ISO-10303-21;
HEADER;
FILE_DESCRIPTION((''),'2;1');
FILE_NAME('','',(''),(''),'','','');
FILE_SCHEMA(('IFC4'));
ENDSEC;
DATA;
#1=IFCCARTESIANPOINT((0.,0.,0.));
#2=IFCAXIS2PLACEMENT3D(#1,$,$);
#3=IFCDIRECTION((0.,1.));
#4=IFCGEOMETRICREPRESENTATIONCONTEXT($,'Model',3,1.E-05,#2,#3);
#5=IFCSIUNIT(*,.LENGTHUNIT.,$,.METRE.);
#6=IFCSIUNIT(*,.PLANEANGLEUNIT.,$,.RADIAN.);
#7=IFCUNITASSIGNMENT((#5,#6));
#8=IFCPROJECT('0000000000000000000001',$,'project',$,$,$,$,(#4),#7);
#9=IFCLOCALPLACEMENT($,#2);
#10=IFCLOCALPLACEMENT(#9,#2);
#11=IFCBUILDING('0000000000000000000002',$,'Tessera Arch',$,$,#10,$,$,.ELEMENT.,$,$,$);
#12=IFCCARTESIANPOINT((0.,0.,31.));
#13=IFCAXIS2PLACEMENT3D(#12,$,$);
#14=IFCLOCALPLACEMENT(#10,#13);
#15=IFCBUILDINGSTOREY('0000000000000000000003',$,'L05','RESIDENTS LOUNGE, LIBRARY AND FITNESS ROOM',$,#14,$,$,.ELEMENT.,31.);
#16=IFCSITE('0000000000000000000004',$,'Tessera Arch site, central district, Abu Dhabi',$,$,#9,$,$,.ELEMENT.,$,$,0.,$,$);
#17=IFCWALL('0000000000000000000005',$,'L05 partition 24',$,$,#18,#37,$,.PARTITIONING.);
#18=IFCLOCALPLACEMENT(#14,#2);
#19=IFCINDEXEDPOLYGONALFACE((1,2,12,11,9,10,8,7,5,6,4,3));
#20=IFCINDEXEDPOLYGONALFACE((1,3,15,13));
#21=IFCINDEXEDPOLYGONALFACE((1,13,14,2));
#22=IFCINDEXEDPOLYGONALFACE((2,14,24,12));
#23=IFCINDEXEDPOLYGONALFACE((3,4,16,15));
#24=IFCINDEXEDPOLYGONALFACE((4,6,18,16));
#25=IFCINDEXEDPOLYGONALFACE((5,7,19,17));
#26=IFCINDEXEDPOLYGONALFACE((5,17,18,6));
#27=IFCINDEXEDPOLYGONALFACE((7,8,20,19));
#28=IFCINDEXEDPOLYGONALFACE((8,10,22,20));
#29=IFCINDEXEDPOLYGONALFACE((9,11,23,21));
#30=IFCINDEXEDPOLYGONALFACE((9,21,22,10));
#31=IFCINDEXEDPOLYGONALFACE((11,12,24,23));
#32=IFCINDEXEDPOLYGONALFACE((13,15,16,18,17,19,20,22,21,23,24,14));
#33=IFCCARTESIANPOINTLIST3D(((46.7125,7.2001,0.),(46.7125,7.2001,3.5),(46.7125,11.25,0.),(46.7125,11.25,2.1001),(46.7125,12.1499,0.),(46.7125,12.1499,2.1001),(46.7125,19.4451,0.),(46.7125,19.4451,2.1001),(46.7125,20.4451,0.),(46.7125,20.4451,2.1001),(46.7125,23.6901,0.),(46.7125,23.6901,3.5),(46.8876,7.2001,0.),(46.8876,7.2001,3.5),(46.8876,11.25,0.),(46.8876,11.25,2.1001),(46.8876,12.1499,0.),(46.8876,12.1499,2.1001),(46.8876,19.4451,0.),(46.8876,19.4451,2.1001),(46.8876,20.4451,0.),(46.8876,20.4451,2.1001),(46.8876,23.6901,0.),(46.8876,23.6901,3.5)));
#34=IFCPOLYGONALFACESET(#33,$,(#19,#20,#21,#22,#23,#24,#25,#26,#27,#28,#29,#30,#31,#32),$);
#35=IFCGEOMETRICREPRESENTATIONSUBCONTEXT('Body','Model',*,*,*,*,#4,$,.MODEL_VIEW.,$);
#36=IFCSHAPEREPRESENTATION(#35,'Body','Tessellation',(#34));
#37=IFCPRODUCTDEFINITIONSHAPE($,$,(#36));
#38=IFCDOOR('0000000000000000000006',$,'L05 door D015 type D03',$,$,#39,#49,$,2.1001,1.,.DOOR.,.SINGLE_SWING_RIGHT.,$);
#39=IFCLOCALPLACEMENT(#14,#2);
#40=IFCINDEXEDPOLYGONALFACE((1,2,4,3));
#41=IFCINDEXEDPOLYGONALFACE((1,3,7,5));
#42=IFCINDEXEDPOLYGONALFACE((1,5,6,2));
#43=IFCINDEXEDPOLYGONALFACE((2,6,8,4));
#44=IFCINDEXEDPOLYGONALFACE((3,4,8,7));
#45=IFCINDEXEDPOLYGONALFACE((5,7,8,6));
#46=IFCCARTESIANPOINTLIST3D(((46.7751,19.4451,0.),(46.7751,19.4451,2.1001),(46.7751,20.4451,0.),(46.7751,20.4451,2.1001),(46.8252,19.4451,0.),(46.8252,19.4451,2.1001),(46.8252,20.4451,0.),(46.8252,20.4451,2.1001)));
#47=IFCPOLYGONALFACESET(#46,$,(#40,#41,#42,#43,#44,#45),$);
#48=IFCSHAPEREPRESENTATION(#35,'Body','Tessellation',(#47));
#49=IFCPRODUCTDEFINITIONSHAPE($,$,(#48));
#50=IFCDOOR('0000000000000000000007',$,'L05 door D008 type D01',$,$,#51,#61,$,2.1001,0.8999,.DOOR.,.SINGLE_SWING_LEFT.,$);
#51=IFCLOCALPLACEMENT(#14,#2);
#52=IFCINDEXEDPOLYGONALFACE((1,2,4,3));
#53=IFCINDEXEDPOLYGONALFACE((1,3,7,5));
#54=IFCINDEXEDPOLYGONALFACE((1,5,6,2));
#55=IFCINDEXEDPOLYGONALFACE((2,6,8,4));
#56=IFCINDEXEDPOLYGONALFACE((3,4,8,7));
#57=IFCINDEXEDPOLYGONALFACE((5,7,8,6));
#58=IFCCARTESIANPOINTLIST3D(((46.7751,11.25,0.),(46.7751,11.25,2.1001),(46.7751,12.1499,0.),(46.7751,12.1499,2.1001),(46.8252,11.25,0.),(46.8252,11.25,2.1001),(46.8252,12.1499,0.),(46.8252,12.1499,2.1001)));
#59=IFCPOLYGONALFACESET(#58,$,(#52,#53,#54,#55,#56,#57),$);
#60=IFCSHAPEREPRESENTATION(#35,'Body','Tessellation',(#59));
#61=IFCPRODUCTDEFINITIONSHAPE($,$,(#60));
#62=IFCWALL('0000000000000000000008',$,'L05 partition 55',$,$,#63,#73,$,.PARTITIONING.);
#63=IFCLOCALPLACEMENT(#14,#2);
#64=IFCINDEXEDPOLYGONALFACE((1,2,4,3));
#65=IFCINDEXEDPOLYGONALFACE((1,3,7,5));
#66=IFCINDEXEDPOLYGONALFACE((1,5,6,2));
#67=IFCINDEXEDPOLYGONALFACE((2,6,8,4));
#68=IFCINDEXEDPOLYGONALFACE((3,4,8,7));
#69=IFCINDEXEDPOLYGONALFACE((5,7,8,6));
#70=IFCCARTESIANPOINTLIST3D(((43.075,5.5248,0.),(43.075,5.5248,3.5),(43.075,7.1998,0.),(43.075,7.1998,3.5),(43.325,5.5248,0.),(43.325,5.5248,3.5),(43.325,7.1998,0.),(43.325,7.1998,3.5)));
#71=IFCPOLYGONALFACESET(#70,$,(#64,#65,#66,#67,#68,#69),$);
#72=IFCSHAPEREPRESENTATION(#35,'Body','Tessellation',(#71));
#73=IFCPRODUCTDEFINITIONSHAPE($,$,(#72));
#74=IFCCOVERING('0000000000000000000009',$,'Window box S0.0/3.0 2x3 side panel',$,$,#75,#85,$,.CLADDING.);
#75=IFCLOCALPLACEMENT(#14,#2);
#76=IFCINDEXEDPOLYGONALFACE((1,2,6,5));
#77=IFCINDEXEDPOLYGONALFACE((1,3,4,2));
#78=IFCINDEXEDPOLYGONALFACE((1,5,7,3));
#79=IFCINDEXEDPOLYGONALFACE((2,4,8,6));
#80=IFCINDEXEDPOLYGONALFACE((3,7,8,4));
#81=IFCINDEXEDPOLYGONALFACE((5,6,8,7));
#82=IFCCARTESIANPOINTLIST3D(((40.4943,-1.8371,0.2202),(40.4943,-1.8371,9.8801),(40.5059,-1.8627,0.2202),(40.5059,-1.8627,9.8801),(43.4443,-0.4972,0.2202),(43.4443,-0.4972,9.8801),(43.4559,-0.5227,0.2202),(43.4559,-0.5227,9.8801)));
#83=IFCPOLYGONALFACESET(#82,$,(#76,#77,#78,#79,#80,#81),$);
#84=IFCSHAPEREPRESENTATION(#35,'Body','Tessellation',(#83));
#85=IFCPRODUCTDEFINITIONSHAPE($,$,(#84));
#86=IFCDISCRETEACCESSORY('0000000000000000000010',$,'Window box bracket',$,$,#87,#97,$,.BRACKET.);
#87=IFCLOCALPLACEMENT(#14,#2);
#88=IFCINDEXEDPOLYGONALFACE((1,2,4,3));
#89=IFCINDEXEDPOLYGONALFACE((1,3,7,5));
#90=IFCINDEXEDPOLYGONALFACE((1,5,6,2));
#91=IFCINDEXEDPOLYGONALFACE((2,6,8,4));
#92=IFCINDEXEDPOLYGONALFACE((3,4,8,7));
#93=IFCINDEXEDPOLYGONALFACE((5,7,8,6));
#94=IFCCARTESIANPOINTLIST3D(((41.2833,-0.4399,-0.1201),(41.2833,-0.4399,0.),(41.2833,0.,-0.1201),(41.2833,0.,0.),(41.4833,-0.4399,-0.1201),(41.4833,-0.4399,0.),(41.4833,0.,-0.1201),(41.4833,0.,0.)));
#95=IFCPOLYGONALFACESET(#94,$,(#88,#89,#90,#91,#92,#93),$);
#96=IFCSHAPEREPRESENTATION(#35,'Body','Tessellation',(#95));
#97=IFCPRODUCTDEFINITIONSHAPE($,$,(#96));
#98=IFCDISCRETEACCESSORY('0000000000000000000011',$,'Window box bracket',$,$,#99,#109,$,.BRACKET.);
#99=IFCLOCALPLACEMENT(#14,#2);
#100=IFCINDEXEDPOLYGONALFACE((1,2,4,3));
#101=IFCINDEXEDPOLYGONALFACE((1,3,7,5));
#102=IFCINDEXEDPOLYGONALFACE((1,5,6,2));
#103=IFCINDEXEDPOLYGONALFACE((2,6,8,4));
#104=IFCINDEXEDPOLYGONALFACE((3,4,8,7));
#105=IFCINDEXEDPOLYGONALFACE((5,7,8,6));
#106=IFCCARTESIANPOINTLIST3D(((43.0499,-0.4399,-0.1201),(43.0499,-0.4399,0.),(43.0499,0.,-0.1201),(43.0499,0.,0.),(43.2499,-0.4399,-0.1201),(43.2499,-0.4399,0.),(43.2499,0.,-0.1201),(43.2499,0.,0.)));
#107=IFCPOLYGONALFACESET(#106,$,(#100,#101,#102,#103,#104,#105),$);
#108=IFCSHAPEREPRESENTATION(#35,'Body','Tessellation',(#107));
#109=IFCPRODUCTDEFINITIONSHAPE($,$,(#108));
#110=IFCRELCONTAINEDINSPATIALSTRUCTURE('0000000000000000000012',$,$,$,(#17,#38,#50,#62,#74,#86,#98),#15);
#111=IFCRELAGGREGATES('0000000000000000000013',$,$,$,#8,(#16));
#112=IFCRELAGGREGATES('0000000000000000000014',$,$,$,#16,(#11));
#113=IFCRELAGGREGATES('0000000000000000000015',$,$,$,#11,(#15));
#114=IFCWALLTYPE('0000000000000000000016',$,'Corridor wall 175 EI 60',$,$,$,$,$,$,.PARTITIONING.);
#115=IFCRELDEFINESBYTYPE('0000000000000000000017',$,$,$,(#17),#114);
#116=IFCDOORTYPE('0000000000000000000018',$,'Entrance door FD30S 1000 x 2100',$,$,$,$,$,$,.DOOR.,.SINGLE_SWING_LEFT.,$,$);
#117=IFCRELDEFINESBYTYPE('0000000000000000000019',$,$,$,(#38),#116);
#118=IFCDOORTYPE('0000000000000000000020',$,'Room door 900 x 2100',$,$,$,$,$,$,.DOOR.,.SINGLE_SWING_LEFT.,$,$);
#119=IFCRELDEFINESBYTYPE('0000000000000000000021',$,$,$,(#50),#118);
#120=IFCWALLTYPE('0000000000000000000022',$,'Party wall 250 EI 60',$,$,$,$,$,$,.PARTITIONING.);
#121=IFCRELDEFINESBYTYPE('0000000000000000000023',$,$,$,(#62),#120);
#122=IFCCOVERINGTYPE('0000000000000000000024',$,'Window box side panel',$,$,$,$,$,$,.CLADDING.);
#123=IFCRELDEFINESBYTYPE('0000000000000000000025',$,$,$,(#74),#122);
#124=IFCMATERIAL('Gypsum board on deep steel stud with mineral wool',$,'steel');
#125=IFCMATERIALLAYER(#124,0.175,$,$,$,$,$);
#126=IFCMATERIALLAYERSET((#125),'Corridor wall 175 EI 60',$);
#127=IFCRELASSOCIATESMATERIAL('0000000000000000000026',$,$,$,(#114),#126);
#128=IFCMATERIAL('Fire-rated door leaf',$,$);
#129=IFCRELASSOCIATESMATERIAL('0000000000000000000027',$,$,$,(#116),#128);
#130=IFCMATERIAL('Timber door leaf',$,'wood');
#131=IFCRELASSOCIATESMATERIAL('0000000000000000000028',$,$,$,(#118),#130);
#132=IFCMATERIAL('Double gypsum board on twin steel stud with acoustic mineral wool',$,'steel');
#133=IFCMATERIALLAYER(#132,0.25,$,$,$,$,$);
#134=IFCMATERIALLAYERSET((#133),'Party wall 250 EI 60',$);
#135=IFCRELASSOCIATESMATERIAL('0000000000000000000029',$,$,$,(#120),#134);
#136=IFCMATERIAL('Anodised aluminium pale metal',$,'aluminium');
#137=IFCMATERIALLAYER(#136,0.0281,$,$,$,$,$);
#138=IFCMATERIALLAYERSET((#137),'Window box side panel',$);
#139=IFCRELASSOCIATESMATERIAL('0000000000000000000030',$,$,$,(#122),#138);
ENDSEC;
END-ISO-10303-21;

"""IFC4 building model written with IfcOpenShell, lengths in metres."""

from ifc_helpers import new_model, si_unit, direction, frame, frame_2d, origin, origin_2d, place, context, subcontext, project, spatial, rectangle, extrude, material, layer, layer_set, type_object, element, fill, save


model = new_model("IFC4")

# Units and contexts
model_context = context("Model", 3, precision=1e-05, world=origin(), true_north=direction((0.0, 1.0)))
body_context = subcontext(model_context, "Body", "Model", "MODEL_VIEW")
ifc_project = project(units=[si_unit("LENGTHUNIT", "METRE"), si_unit("PLANEANGLEUNIT", "RADIAN")], contexts=[model_context])

# Site, building, storey
site_placement = place(None, origin())
site = spatial("IfcSite", under=ifc_project, at=site_placement, Name="Tessera Arch site, central district, Abu Dhabi", CompositionType="ELEMENT", RefElevation=0.0)
building_placement = place(site_placement, origin())
building = spatial("IfcBuilding", under=site, at=building_placement, Name="Tessera Arch", CompositionType="ELEMENT")
storey_placement = place(building_placement, frame((0.0, 0.0, 31.0)))
storey = spatial("IfcBuildingStorey", under=building, at=storey_placement, Name="L05", Description="RESIDENTS LOUNGE, LIBRARY AND FITNESS ROOM", CompositionType="ELEMENT", Elevation=31.0)

# Wall, openings, doors
ifc_material_1 = material(Name="Gypsum board on deep steel stud with mineral wool", Category="steel")
ifc_layer_1 = layer(ifc_material_1, 0.175)
ifc_layer_set_1 = layer_set([ifc_layer_1], Name="Corridor wall 175 EI 60")
wall_type_1 = type_object("IfcWallType", Name="Corridor wall 175 EI 60", PredefinedType="PARTITIONING", material=ifc_layer_set_1)
wall_1_placement = place(storey_placement, frame((46.8, 7.2, 0.0), z_axis=(0.0, 0.0, 1.0), x_axis=(0.0, 1.0, 0.0)))
wall_1 = element("IfcWall", 1, at=wall_1_placement, inside=storey, type_object=wall_type_1, Name="L05 partition 24", PredefinedType="PARTITIONING", context=body_context, shape_type="SweptSolid", body=[
    extrude(rectangle(XDim=16.49, YDim=0.175, at=frame_2d((8.2451, 0.0))), origin(), (0.0, 0.0, 1.0), 3.5),
])
opening_1_placement = place(wall_1_placement, frame((4.05, 0.0, 0.0)))
opening_1 = element("IfcOpeningElement", 2, at=opening_1_placement, cuts=wall_1, PredefinedType="OPENING", context=body_context, shape_type="SweptSolid", body=[
    extrude(rectangle(XDim=0.8999, YDim=2.1001, at=frame_2d((0.45, 1.05))), frame((0.0, 0.0974, 0.0), z_axis=(0.0, -1.0, 0.0), x_axis=(1.0, 0.0, 0.0)), (0.0, 0.0, 1.0), 0.1951),
])
opening_2_placement = place(wall_1_placement, frame((12.2451, 0.0, 0.0)))
opening_2 = element("IfcOpeningElement", 3, at=opening_2_placement, cuts=wall_1, PredefinedType="OPENING", context=body_context, shape_type="SweptSolid", body=[
    extrude(rectangle(XDim=1.0, YDim=2.1001, at=frame_2d((0.5, 1.05))), frame((0.0, 0.0974, 0.0), z_axis=(0.0, -1.0, 0.0), x_axis=(1.0, 0.0, 0.0)), (0.0, 0.0, 1.0), 0.1951),
])
ifc_material_2 = material(Name="Fire-rated door leaf")
door_type_1 = type_object("IfcDoorType", Name="Entrance door FD30S 1000 x 2100", OperationType="SINGLE_SWING_LEFT", PredefinedType="DOOR", material=ifc_material_2)
door_1_placement = place(opening_2_placement, origin())
door_1 = element("IfcDoor", 4, at=door_1_placement, inside=storey, type_object=door_type_1, Name="L05 door D015 type D03", OperationType="SINGLE_SWING_RIGHT", OverallHeight=2.1001, OverallWidth=1.0, PredefinedType="DOOR", context=body_context, shape_type="SweptSolid", body=[
    extrude(rectangle(XDim=1.0, YDim=2.1001, at=frame_2d((0.5, 1.05))), frame((0.0, 0.0249, 0.0), z_axis=(0.0, -1.0, 0.0), x_axis=(1.0, 0.0, 0.0)), (0.0, 0.0, 1.0), 0.05),
])
fill(opening_2, door_1)
ifc_material_3 = material(Name="Timber door leaf", Category="wood")
door_type_2 = type_object("IfcDoorType", Name="Room door 900 x 2100", OperationType="SINGLE_SWING_LEFT", PredefinedType="DOOR", material=ifc_material_3)
door_2_placement = place(opening_1_placement, origin())
door_2 = element("IfcDoor", 5, at=door_2_placement, inside=storey, type_object=door_type_2, Name="L05 door D008 type D01", OperationType="SINGLE_SWING_LEFT", OverallHeight=2.1001, OverallWidth=0.8999, PredefinedType="DOOR", context=body_context, shape_type="SweptSolid", body=[
    extrude(rectangle(XDim=0.8999, YDim=2.1001, at=frame_2d((0.45, 1.05))), frame((0.0, 0.0249, 0.0), z_axis=(0.0, -1.0, 0.0), x_axis=(1.0, 0.0, 0.0)), (0.0, 0.0, 1.0), 0.05),
])
fill(opening_1, door_2)

# Wall
ifc_material_4 = material(Name="Double gypsum board on twin steel stud with acoustic mineral wool", Category="steel")
ifc_layer_2 = layer(ifc_material_4, 0.25)
ifc_layer_set_2 = layer_set([ifc_layer_2], Name="Party wall 250 EI 60")
wall_type_2 = type_object("IfcWallType", Name="Party wall 250 EI 60", PredefinedType="PARTITIONING", material=ifc_layer_set_2)
wall_2_placement = place(storey_placement, frame((43.2, 5.5249, 0.0), z_axis=(0.0, 0.0, 1.0), x_axis=(0.0, 1.0, 0.0)))
element("IfcWall", 6, at=wall_2_placement, inside=storey, type_object=wall_type_2, Name="L05 partition 55", PredefinedType="PARTITIONING", context=body_context, shape_type="SweptSolid", body=[
    extrude(rectangle(XDim=1.675, YDim=0.25, at=frame_2d((0.8374, 0.0))), origin(), (0.0, 0.0, 1.0), 3.5),
])

# Covering
ifc_material_5 = material(Name="Anodised aluminium pale metal", Category="aluminium")
ifc_layer_3 = layer(ifc_material_5, 0.0281)
ifc_layer_set_3 = layer_set([ifc_layer_3], Name="Window box side panel")
covering_type = type_object("IfcCoveringType", Name="Window box side panel", PredefinedType="CLADDING", material=ifc_layer_set_3)
covering_placement = place(storey_placement, frame((41.9751, -1.1799, 0.2202), z_axis=(0.0, 0.0, 1.0), x_axis=(-0.910472, -0.41357, 0.0)))
element("IfcCovering", 7, at=covering_placement, inside=storey, type_object=covering_type, Name="Window box S0.0/3.0 2x3 side panel", PredefinedType="CLADDING", context=body_context, shape_type="SweptSolid", body=[
    extrude(rectangle(XDim=3.24, YDim=0.0281, at=origin_2d()), origin(), (0.0, 0.0, 1.0), 9.6599),
])

# Discrete accessories
for number, where, z_axis, x_axis, name in (
    (8, (41.3833, -0.22, -0.1201), (0.0, 0.0, 1.0), (0.0, -1.0, 0.0), "Window box bracket"),
    (9, (43.1499, -0.22, -0.1201), (0.0, 0.0, 1.0), (0.0, -1.0, 0.0), "Window box bracket"),
):
    element("IfcDiscreteAccessory", number, at=place(storey_placement, frame(where, z_axis=z_axis, x_axis=x_axis)), inside=storey, Name=name, PredefinedType="BRACKET", context=body_context, shape_type="SweptSolid", body=[
        extrude(rectangle(XDim=0.4399, YDim=0.2, at=origin_2d()), origin(), (0.0, 0.0, 1.0), 0.1201),
    ])

save(model, "model.ifc")
